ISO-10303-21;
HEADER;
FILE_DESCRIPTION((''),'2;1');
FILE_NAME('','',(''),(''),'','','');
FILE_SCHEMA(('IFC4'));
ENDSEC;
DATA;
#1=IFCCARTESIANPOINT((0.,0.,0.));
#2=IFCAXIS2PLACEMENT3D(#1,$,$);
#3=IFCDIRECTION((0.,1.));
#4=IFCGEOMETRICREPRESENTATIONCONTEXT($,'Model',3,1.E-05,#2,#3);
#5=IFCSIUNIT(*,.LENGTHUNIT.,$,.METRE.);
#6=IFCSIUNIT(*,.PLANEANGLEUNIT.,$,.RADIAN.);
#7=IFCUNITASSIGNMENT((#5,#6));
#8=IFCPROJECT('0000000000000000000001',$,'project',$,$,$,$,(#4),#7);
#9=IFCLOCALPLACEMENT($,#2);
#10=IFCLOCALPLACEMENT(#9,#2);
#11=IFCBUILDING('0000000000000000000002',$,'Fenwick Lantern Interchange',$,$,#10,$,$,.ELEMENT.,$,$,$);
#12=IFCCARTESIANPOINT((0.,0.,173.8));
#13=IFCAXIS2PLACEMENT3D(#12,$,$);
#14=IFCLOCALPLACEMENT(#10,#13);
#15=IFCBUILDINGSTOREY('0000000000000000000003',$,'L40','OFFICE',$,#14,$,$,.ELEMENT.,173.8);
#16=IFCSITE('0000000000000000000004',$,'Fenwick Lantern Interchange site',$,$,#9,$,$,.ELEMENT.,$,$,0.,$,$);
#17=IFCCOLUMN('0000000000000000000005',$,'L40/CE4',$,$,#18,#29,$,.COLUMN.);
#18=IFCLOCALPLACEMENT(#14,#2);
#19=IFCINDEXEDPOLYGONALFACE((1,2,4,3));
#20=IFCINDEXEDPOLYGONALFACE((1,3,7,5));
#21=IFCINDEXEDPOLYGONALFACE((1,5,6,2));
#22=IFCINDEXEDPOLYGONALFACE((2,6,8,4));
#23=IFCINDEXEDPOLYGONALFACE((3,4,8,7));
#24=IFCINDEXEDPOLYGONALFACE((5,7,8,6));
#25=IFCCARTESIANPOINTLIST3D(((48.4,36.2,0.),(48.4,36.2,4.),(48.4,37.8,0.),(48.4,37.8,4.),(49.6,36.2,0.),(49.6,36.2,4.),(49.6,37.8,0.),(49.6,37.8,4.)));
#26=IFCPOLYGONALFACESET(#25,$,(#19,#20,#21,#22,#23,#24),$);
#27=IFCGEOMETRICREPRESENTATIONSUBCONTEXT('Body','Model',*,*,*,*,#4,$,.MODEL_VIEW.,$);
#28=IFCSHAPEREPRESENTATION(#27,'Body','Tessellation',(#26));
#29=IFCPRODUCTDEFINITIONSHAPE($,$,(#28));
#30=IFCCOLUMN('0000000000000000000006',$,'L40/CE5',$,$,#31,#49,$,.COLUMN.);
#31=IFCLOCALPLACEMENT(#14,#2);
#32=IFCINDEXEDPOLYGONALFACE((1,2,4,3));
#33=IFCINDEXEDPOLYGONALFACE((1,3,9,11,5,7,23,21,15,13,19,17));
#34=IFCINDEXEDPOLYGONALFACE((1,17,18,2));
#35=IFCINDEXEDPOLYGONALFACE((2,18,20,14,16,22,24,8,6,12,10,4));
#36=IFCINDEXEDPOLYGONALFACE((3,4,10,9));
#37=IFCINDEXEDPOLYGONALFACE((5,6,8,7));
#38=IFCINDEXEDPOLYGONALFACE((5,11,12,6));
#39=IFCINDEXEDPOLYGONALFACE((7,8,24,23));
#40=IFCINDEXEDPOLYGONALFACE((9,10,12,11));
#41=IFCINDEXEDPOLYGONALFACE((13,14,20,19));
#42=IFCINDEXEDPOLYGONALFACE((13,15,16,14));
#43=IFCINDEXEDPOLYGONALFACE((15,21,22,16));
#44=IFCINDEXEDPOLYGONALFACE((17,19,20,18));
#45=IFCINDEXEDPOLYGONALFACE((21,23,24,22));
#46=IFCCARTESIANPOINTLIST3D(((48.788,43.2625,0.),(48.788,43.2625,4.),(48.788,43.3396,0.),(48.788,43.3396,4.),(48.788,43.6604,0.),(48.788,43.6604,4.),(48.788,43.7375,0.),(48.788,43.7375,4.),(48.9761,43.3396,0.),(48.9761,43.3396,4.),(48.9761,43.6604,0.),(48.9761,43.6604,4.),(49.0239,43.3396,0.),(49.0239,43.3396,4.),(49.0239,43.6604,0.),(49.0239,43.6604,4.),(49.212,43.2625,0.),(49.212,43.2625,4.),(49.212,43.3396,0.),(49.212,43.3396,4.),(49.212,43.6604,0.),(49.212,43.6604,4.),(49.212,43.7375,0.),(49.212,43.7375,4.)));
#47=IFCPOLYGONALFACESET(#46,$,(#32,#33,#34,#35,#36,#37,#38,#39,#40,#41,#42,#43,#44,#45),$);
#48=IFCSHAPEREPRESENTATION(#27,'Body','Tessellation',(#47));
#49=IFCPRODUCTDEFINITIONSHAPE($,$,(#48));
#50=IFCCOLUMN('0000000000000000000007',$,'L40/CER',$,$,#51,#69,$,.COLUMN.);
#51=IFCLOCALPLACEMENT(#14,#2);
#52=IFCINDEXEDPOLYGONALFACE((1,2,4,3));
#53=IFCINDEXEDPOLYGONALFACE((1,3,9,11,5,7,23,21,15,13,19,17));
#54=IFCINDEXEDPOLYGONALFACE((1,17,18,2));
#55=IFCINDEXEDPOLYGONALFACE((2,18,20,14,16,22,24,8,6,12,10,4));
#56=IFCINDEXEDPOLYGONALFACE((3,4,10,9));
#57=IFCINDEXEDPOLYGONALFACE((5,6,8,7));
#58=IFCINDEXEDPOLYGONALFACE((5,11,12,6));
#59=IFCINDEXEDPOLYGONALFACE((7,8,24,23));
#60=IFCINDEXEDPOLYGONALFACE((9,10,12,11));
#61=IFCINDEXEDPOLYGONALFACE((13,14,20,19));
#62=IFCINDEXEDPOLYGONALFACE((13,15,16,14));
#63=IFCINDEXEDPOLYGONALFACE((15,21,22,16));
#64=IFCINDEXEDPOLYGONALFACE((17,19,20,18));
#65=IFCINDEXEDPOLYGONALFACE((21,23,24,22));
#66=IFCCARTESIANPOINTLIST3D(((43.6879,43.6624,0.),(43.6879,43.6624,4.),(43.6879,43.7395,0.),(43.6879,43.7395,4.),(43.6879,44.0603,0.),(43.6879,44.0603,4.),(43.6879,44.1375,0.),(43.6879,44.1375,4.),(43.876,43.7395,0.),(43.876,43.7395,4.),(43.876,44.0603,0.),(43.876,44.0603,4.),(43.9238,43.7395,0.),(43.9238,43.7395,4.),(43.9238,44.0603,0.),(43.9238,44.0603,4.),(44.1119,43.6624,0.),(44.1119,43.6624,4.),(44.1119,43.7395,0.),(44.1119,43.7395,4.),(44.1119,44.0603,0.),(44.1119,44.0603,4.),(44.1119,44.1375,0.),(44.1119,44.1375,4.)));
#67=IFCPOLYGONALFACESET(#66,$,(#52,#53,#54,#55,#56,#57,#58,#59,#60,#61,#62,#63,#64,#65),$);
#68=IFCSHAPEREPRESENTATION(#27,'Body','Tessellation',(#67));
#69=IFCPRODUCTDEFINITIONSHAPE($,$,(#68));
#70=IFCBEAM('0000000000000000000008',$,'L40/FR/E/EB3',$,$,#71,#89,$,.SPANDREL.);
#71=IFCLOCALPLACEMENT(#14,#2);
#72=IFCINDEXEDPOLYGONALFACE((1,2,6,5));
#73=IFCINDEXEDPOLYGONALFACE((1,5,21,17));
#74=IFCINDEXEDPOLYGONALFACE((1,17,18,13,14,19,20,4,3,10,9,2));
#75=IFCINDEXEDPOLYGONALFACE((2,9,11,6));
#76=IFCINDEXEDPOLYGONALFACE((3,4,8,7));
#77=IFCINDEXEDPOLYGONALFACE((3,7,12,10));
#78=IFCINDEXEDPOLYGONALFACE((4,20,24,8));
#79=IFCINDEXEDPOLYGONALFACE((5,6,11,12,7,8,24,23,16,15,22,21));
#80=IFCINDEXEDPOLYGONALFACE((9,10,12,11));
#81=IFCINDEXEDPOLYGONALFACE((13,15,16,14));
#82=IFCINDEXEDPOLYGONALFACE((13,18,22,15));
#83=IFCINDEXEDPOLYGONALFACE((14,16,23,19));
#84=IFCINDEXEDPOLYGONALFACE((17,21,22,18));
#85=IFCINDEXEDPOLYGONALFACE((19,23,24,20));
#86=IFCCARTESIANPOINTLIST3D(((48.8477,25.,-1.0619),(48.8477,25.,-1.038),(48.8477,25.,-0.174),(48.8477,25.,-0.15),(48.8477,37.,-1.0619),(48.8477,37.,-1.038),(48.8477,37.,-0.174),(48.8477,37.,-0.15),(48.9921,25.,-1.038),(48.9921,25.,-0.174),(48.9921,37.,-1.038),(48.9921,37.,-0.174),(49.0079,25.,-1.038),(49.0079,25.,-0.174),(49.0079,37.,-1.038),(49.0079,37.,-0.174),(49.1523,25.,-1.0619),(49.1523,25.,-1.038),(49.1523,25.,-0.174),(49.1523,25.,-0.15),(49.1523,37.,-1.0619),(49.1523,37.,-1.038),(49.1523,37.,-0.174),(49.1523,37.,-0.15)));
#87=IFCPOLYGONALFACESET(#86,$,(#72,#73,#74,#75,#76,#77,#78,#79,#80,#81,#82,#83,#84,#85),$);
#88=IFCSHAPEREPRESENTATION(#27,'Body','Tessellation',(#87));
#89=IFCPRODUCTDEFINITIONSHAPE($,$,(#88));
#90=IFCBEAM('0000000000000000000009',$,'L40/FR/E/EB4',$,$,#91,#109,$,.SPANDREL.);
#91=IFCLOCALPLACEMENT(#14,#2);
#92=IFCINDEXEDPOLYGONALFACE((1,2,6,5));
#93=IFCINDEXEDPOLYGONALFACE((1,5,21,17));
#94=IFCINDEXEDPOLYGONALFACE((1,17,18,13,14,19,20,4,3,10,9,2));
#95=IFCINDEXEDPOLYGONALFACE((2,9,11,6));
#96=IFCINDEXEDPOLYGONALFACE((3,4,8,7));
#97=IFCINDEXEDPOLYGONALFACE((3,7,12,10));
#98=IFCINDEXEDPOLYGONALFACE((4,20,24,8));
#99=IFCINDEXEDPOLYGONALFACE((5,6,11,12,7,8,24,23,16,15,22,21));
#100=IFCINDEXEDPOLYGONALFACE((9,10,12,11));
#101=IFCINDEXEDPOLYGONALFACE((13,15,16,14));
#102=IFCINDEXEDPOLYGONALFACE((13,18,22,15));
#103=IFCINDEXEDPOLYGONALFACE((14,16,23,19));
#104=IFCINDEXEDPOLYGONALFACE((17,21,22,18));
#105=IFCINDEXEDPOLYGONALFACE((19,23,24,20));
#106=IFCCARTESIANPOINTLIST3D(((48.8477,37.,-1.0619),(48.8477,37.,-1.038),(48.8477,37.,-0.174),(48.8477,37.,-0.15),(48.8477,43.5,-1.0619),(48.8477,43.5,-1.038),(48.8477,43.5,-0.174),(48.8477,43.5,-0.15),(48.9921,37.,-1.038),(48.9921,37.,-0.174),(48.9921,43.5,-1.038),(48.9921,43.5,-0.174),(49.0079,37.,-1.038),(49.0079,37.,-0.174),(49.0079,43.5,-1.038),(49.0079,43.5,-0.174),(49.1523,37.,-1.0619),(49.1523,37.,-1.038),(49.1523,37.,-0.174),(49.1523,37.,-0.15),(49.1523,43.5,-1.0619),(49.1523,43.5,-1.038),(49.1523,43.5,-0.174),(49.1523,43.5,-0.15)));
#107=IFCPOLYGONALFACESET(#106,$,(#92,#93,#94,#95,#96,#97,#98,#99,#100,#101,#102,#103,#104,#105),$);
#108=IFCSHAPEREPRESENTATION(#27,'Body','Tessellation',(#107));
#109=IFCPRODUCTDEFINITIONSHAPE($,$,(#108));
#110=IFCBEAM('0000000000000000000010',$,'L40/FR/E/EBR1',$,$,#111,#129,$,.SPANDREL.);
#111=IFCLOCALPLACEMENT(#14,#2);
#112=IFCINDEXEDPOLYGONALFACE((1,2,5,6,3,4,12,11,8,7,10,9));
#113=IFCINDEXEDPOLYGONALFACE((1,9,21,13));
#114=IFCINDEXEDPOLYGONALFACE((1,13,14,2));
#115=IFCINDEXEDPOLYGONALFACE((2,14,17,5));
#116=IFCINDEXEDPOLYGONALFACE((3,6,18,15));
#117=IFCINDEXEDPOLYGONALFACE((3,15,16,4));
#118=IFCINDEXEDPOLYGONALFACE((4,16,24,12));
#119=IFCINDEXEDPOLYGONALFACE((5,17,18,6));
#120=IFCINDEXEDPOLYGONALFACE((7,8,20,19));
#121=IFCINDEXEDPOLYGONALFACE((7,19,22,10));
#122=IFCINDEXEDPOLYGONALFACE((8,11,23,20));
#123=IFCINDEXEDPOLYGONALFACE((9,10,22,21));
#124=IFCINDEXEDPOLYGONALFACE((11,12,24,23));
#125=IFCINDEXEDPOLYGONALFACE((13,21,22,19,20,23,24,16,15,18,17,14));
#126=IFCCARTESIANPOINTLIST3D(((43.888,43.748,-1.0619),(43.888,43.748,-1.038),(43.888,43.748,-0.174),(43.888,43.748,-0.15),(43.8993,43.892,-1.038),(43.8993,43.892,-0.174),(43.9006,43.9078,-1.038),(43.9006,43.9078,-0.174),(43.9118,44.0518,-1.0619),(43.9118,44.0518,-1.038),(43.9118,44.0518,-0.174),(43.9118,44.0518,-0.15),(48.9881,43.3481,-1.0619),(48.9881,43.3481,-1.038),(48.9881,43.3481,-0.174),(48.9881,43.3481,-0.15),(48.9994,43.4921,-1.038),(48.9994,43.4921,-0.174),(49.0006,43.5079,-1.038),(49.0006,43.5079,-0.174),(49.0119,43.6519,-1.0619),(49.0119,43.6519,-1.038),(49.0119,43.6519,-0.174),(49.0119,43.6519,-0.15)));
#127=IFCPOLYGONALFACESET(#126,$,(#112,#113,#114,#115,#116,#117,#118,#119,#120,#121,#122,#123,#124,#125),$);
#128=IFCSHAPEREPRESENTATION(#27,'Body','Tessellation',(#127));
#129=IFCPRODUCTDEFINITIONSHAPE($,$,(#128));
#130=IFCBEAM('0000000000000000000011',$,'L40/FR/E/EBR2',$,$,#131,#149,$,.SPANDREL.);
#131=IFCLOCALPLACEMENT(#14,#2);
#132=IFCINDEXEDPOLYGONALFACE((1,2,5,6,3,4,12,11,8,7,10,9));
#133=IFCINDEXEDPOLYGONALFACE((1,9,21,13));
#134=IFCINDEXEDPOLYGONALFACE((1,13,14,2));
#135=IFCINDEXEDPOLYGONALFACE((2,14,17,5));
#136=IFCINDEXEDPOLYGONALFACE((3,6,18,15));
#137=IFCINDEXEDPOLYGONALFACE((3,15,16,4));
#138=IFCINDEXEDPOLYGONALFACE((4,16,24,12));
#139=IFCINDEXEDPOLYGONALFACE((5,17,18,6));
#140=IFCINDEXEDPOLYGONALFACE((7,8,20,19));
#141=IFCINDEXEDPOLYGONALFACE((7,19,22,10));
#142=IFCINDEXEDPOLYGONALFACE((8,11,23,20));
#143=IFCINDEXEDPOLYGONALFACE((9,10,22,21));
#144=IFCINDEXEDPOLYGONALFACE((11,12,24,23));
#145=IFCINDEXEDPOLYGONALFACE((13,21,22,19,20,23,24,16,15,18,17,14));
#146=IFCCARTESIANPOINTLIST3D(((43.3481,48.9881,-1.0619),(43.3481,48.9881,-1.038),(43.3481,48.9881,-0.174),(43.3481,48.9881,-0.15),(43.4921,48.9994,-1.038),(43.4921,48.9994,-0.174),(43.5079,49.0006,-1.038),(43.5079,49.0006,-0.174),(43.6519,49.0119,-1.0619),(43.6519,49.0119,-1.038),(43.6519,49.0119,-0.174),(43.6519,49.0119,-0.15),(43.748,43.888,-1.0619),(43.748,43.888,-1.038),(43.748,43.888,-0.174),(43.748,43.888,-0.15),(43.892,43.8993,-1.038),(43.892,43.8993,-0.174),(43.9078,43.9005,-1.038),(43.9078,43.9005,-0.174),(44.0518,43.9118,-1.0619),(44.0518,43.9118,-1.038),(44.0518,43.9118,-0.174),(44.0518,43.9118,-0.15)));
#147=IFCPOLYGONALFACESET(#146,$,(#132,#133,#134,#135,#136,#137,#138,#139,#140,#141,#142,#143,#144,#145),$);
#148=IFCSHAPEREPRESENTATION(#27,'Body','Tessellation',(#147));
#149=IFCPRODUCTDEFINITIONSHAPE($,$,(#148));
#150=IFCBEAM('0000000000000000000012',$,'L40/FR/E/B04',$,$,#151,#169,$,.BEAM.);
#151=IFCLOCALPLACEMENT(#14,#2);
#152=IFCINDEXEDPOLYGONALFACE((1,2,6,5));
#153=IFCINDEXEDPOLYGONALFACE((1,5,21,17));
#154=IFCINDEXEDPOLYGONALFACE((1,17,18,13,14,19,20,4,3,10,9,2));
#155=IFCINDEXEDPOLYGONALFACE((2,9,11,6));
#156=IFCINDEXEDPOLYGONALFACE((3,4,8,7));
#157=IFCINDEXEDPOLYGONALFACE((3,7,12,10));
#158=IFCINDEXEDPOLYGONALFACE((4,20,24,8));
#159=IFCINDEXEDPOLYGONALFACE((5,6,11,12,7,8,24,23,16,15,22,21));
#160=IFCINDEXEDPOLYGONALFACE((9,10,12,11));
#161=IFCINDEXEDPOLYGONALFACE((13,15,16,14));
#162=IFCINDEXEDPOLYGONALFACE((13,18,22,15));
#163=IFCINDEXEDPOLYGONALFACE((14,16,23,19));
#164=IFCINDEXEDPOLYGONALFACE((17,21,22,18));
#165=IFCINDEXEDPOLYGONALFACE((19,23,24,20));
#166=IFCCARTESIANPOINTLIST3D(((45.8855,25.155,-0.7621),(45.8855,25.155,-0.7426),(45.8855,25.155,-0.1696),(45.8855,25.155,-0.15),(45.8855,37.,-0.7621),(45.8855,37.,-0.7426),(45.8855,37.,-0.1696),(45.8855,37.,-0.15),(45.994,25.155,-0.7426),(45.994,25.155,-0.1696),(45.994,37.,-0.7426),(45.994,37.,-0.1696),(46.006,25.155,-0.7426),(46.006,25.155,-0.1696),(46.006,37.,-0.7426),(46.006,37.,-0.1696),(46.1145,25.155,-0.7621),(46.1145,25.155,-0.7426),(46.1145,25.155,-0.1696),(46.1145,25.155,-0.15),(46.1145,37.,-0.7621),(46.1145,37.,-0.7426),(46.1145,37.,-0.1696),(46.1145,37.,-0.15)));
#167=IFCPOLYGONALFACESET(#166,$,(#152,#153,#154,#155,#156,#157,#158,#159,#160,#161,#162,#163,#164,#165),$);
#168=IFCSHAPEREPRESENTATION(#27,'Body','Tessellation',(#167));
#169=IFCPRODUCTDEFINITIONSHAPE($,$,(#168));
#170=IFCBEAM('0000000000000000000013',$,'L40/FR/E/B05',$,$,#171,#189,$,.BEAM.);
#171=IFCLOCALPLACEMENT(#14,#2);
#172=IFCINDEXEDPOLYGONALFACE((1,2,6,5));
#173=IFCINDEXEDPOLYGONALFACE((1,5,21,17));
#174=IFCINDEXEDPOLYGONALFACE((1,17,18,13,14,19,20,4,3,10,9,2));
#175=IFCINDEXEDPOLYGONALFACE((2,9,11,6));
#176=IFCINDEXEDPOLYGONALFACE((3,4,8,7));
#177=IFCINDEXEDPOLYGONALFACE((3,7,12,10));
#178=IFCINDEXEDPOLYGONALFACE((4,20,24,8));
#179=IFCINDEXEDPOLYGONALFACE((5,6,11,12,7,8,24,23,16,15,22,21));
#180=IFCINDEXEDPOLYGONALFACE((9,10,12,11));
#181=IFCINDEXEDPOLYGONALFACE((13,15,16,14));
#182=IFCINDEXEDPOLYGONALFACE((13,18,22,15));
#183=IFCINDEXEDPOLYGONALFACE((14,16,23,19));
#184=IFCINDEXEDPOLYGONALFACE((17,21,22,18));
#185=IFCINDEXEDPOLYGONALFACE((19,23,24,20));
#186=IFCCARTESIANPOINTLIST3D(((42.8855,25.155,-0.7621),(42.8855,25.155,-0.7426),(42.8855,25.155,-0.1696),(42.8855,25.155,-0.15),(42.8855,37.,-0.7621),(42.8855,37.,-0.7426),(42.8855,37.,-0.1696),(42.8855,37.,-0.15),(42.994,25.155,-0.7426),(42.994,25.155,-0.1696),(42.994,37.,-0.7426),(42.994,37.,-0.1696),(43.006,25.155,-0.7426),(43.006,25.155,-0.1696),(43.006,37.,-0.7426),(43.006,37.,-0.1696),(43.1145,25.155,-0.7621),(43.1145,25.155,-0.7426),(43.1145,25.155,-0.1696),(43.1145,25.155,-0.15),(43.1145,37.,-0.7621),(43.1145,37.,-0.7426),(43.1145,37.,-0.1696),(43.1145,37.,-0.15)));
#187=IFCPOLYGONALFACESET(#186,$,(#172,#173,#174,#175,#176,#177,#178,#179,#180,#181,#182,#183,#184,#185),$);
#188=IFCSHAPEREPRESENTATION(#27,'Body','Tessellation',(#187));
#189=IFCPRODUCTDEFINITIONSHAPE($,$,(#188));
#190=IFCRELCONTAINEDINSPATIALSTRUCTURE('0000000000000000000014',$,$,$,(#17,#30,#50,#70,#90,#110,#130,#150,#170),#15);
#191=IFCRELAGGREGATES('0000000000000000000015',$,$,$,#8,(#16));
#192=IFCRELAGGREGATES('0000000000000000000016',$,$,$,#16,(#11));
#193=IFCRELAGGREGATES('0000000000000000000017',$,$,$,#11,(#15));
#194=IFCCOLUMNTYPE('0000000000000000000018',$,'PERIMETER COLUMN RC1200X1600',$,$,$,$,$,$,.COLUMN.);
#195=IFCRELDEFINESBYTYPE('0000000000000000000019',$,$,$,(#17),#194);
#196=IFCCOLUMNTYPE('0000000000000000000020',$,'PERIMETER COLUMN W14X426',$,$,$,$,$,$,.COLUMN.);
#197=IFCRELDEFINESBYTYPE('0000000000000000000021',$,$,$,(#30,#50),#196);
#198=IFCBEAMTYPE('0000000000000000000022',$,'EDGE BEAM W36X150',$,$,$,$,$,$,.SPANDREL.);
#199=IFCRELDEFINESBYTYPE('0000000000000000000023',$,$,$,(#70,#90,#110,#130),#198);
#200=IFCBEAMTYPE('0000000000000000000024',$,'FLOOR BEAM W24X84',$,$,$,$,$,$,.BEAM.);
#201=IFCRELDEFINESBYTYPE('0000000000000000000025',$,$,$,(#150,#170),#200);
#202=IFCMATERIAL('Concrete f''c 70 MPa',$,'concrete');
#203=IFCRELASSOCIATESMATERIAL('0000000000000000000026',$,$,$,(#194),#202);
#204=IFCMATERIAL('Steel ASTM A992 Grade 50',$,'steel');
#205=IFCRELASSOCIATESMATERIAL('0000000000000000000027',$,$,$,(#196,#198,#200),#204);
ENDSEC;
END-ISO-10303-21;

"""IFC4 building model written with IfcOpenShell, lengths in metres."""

from ifc_helpers import new_model, si_unit, direction, frame, origin, origin_2d, place, context, subcontext, project, spatial, rectangle, i_section, extrude, material, material_profile, profile_set, type_object, element, save


model = new_model("IFC4")

# Units and contexts
model_context = context("Model", 3, precision=1e-05, world=origin(), true_north=direction((0.0, 1.0)))
body_context = subcontext(model_context, "Body", "Model", "MODEL_VIEW")
ifc_project = project(units=[si_unit("LENGTHUNIT", "METRE"), si_unit("PLANEANGLEUNIT", "RADIAN")], contexts=[model_context])

# Site, building, storey
site_placement = place(None, origin())
site = spatial("IfcSite", under=ifc_project, at=site_placement, Name="Fenwick Lantern Interchange site", CompositionType="ELEMENT", RefElevation=0.0)
building_placement = place(site_placement, origin())
building = spatial("IfcBuilding", under=site, at=building_placement, Name="Fenwick Lantern Interchange", CompositionType="ELEMENT")
storey_placement = place(building_placement, frame((0.0, 0.0, 173.8)))
storey = spatial("IfcBuildingStorey", under=building, at=storey_placement, Name="L40", Description="OFFICE", CompositionType="ELEMENT", Elevation=173.8)

# Columns
ifc_material_1 = material(Name="Concrete f'c 70 MPa", Category="concrete")
ifc_material_profile_1 = material_profile(ifc_material_1, rectangle(XDim=1.2, YDim=1.6001, at=origin_2d()), Name="RC1200X1600")
ifc_profile_set_1 = profile_set([ifc_material_profile_1], Name="Concrete f'c 70 MPa")
column_type_1 = type_object("IfcColumnType", Name="PERIMETER COLUMN RC1200X1600", PredefinedType="COLUMN", material=ifc_profile_set_1)
column_placement = place(storey_placement, frame((49.0, 37.0, 0.0), z_axis=(0.0, 0.0, 1.0), x_axis=(1.0, 0.0, 0.0)))
element("IfcColumn", 1, at=column_placement, inside=storey, type_object=column_type_1, Name="L40/CE4", PredefinedType="COLUMN", context=body_context, shape_type="SweptSolid", body=[
    extrude(rectangle(XDim=1.2, YDim=1.6001, at=origin_2d()), origin(), (0.0, 0.0, 1.0), 4.0),
])
ifc_material_2 = material(Name="Steel ASTM A992 Grade 50", Category="steel")
ifc_material_profile_2 = material_profile(ifc_material_2, i_section(OverallWidth=0.4241, OverallDepth=0.4751, WebThickness=0.0479, FlangeThickness=0.0771, at=origin_2d()), Name="W14X426")
ifc_profile_set_2 = profile_set([ifc_material_profile_2], Name="Steel ASTM A992 Grade 50")
column_type_2 = type_object("IfcColumnType", Name="PERIMETER COLUMN W14X426", PredefinedType="COLUMN", material=ifc_profile_set_2)
for number, where, z_axis, x_axis, name in (
    (2, (49.0, 43.5, 0.0), (0.0, 0.0, 1.0), (1.0, 0.0, 0.0), "L40/CE5"),
    (3, (43.8999, 43.8999, 0.0), (0.0, 0.0, 1.0), (1.0, 0.0, 0.0), "L40/CER"),
):
    element("IfcColumn", number, at=place(storey_placement, frame(where, z_axis=z_axis, x_axis=x_axis)), inside=storey, type_object=column_type_2, Name=name, PredefinedType="COLUMN", context=body_context, shape_type="SweptSolid", body=[
        extrude(i_section(OverallWidth=0.4241, OverallDepth=0.4751, WebThickness=0.0479, FlangeThickness=0.0771, at=origin_2d()), origin(), (0.0, 0.0, 1.0), 4.0),
    ])

# Beams
ifc_material_profile_3 = material_profile(ifc_material_2, i_section(OverallWidth=0.3047, OverallDepth=0.9119, WebThickness=0.0159, FlangeThickness=0.0239, at=origin_2d()), Name="W36X150")
ifc_profile_set_3 = profile_set([ifc_material_profile_3], Name="Steel ASTM A992 Grade 50")
beam_type_1 = type_object("IfcBeamType", Name="EDGE BEAM W36X150", PredefinedType="SPANDREL", material=ifc_profile_set_3)
beam_1_placement = place(storey_placement, frame((49.0, 25.0, -0.606), z_axis=(0.0, 1.0, 0.0), x_axis=(-1.0, 0.0, 0.0)))
element("IfcBeam", 4, at=beam_1_placement, inside=storey, type_object=beam_type_1, Name="L40/FR/E/EB3", PredefinedType="SPANDREL", context=body_context, shape_type="SweptSolid", body=[
    extrude(i_section(OverallWidth=0.3047, OverallDepth=0.9119, WebThickness=0.0159, FlangeThickness=0.0239, at=origin_2d()), origin(), (0.0, 0.0, 1.0), 12.0),
])
beam_2_placement = place(storey_placement, frame((49.0, 37.0, -0.606), z_axis=(0.0, 1.0, 0.0), x_axis=(-1.0, 0.0, 0.0)))
element("IfcBeam", 5, at=beam_2_placement, inside=storey, type_object=beam_type_1, Name="L40/FR/E/EB4", PredefinedType="SPANDREL", context=body_context, shape_type="SweptSolid", body=[
    extrude(i_section(OverallWidth=0.3047, OverallDepth=0.9119, WebThickness=0.0159, FlangeThickness=0.0239, at=origin_2d()), origin(), (0.0, 0.0, 1.0), 6.5),
])
for number, where, z_axis, x_axis, name in (
    (6, (49.0, 43.5, -0.606), (-0.99694, 0.078171, 0.0), (-0.078171, -0.99694, 0.0), "L40/FR/E/EBR1"),
    (7, (43.8999, 43.8999, -0.606), (-0.078171, 0.99694, 0.0), (-0.99694, -0.078171, 0.0), "L40/FR/E/EBR2"),
):
    element("IfcBeam", number, at=place(storey_placement, frame(where, z_axis=z_axis, x_axis=x_axis)), inside=storey, type_object=beam_type_1, Name=name, PredefinedType="SPANDREL", context=body_context, shape_type="SweptSolid", body=[
        extrude(i_section(OverallWidth=0.3047, OverallDepth=0.9119, WebThickness=0.0159, FlangeThickness=0.0239, at=origin_2d()), origin(), (0.0, 0.0, 1.0), 5.1157),
    ])
ifc_material_profile_4 = material_profile(ifc_material_2, i_section(OverallWidth=0.229, OverallDepth=0.6121, WebThickness=0.012, FlangeThickness=0.0195, at=origin_2d()), Name="W24X84")
ifc_profile_set_4 = profile_set([ifc_material_profile_4], Name="Steel ASTM A992 Grade 50")
beam_type_2 = type_object("IfcBeamType", Name="FLOOR BEAM W24X84", PredefinedType="BEAM", material=ifc_profile_set_4)
for number, where, z_axis, x_axis, name in (
    (8, (46.0, 25.155, -0.4561), (0.0, 1.0, 0.0), (-1.0, 0.0, 0.0), "L40/FR/E/B04"),
    (9, (43.0, 25.155, -0.4561), (0.0, 1.0, 0.0), (-1.0, 0.0, 0.0), "L40/FR/E/B05"),
):
    element("IfcBeam", number, at=place(storey_placement, frame(where, z_axis=z_axis, x_axis=x_axis)), inside=storey, type_object=beam_type_2, Name=name, PredefinedType="BEAM", context=body_context, shape_type="SweptSolid", body=[
        extrude(i_section(OverallWidth=0.229, OverallDepth=0.6121, WebThickness=0.012, FlangeThickness=0.0195, at=origin_2d()), origin(), (0.0, 0.0, 1.0), 11.845),
    ])

save(model, "model.ifc")
